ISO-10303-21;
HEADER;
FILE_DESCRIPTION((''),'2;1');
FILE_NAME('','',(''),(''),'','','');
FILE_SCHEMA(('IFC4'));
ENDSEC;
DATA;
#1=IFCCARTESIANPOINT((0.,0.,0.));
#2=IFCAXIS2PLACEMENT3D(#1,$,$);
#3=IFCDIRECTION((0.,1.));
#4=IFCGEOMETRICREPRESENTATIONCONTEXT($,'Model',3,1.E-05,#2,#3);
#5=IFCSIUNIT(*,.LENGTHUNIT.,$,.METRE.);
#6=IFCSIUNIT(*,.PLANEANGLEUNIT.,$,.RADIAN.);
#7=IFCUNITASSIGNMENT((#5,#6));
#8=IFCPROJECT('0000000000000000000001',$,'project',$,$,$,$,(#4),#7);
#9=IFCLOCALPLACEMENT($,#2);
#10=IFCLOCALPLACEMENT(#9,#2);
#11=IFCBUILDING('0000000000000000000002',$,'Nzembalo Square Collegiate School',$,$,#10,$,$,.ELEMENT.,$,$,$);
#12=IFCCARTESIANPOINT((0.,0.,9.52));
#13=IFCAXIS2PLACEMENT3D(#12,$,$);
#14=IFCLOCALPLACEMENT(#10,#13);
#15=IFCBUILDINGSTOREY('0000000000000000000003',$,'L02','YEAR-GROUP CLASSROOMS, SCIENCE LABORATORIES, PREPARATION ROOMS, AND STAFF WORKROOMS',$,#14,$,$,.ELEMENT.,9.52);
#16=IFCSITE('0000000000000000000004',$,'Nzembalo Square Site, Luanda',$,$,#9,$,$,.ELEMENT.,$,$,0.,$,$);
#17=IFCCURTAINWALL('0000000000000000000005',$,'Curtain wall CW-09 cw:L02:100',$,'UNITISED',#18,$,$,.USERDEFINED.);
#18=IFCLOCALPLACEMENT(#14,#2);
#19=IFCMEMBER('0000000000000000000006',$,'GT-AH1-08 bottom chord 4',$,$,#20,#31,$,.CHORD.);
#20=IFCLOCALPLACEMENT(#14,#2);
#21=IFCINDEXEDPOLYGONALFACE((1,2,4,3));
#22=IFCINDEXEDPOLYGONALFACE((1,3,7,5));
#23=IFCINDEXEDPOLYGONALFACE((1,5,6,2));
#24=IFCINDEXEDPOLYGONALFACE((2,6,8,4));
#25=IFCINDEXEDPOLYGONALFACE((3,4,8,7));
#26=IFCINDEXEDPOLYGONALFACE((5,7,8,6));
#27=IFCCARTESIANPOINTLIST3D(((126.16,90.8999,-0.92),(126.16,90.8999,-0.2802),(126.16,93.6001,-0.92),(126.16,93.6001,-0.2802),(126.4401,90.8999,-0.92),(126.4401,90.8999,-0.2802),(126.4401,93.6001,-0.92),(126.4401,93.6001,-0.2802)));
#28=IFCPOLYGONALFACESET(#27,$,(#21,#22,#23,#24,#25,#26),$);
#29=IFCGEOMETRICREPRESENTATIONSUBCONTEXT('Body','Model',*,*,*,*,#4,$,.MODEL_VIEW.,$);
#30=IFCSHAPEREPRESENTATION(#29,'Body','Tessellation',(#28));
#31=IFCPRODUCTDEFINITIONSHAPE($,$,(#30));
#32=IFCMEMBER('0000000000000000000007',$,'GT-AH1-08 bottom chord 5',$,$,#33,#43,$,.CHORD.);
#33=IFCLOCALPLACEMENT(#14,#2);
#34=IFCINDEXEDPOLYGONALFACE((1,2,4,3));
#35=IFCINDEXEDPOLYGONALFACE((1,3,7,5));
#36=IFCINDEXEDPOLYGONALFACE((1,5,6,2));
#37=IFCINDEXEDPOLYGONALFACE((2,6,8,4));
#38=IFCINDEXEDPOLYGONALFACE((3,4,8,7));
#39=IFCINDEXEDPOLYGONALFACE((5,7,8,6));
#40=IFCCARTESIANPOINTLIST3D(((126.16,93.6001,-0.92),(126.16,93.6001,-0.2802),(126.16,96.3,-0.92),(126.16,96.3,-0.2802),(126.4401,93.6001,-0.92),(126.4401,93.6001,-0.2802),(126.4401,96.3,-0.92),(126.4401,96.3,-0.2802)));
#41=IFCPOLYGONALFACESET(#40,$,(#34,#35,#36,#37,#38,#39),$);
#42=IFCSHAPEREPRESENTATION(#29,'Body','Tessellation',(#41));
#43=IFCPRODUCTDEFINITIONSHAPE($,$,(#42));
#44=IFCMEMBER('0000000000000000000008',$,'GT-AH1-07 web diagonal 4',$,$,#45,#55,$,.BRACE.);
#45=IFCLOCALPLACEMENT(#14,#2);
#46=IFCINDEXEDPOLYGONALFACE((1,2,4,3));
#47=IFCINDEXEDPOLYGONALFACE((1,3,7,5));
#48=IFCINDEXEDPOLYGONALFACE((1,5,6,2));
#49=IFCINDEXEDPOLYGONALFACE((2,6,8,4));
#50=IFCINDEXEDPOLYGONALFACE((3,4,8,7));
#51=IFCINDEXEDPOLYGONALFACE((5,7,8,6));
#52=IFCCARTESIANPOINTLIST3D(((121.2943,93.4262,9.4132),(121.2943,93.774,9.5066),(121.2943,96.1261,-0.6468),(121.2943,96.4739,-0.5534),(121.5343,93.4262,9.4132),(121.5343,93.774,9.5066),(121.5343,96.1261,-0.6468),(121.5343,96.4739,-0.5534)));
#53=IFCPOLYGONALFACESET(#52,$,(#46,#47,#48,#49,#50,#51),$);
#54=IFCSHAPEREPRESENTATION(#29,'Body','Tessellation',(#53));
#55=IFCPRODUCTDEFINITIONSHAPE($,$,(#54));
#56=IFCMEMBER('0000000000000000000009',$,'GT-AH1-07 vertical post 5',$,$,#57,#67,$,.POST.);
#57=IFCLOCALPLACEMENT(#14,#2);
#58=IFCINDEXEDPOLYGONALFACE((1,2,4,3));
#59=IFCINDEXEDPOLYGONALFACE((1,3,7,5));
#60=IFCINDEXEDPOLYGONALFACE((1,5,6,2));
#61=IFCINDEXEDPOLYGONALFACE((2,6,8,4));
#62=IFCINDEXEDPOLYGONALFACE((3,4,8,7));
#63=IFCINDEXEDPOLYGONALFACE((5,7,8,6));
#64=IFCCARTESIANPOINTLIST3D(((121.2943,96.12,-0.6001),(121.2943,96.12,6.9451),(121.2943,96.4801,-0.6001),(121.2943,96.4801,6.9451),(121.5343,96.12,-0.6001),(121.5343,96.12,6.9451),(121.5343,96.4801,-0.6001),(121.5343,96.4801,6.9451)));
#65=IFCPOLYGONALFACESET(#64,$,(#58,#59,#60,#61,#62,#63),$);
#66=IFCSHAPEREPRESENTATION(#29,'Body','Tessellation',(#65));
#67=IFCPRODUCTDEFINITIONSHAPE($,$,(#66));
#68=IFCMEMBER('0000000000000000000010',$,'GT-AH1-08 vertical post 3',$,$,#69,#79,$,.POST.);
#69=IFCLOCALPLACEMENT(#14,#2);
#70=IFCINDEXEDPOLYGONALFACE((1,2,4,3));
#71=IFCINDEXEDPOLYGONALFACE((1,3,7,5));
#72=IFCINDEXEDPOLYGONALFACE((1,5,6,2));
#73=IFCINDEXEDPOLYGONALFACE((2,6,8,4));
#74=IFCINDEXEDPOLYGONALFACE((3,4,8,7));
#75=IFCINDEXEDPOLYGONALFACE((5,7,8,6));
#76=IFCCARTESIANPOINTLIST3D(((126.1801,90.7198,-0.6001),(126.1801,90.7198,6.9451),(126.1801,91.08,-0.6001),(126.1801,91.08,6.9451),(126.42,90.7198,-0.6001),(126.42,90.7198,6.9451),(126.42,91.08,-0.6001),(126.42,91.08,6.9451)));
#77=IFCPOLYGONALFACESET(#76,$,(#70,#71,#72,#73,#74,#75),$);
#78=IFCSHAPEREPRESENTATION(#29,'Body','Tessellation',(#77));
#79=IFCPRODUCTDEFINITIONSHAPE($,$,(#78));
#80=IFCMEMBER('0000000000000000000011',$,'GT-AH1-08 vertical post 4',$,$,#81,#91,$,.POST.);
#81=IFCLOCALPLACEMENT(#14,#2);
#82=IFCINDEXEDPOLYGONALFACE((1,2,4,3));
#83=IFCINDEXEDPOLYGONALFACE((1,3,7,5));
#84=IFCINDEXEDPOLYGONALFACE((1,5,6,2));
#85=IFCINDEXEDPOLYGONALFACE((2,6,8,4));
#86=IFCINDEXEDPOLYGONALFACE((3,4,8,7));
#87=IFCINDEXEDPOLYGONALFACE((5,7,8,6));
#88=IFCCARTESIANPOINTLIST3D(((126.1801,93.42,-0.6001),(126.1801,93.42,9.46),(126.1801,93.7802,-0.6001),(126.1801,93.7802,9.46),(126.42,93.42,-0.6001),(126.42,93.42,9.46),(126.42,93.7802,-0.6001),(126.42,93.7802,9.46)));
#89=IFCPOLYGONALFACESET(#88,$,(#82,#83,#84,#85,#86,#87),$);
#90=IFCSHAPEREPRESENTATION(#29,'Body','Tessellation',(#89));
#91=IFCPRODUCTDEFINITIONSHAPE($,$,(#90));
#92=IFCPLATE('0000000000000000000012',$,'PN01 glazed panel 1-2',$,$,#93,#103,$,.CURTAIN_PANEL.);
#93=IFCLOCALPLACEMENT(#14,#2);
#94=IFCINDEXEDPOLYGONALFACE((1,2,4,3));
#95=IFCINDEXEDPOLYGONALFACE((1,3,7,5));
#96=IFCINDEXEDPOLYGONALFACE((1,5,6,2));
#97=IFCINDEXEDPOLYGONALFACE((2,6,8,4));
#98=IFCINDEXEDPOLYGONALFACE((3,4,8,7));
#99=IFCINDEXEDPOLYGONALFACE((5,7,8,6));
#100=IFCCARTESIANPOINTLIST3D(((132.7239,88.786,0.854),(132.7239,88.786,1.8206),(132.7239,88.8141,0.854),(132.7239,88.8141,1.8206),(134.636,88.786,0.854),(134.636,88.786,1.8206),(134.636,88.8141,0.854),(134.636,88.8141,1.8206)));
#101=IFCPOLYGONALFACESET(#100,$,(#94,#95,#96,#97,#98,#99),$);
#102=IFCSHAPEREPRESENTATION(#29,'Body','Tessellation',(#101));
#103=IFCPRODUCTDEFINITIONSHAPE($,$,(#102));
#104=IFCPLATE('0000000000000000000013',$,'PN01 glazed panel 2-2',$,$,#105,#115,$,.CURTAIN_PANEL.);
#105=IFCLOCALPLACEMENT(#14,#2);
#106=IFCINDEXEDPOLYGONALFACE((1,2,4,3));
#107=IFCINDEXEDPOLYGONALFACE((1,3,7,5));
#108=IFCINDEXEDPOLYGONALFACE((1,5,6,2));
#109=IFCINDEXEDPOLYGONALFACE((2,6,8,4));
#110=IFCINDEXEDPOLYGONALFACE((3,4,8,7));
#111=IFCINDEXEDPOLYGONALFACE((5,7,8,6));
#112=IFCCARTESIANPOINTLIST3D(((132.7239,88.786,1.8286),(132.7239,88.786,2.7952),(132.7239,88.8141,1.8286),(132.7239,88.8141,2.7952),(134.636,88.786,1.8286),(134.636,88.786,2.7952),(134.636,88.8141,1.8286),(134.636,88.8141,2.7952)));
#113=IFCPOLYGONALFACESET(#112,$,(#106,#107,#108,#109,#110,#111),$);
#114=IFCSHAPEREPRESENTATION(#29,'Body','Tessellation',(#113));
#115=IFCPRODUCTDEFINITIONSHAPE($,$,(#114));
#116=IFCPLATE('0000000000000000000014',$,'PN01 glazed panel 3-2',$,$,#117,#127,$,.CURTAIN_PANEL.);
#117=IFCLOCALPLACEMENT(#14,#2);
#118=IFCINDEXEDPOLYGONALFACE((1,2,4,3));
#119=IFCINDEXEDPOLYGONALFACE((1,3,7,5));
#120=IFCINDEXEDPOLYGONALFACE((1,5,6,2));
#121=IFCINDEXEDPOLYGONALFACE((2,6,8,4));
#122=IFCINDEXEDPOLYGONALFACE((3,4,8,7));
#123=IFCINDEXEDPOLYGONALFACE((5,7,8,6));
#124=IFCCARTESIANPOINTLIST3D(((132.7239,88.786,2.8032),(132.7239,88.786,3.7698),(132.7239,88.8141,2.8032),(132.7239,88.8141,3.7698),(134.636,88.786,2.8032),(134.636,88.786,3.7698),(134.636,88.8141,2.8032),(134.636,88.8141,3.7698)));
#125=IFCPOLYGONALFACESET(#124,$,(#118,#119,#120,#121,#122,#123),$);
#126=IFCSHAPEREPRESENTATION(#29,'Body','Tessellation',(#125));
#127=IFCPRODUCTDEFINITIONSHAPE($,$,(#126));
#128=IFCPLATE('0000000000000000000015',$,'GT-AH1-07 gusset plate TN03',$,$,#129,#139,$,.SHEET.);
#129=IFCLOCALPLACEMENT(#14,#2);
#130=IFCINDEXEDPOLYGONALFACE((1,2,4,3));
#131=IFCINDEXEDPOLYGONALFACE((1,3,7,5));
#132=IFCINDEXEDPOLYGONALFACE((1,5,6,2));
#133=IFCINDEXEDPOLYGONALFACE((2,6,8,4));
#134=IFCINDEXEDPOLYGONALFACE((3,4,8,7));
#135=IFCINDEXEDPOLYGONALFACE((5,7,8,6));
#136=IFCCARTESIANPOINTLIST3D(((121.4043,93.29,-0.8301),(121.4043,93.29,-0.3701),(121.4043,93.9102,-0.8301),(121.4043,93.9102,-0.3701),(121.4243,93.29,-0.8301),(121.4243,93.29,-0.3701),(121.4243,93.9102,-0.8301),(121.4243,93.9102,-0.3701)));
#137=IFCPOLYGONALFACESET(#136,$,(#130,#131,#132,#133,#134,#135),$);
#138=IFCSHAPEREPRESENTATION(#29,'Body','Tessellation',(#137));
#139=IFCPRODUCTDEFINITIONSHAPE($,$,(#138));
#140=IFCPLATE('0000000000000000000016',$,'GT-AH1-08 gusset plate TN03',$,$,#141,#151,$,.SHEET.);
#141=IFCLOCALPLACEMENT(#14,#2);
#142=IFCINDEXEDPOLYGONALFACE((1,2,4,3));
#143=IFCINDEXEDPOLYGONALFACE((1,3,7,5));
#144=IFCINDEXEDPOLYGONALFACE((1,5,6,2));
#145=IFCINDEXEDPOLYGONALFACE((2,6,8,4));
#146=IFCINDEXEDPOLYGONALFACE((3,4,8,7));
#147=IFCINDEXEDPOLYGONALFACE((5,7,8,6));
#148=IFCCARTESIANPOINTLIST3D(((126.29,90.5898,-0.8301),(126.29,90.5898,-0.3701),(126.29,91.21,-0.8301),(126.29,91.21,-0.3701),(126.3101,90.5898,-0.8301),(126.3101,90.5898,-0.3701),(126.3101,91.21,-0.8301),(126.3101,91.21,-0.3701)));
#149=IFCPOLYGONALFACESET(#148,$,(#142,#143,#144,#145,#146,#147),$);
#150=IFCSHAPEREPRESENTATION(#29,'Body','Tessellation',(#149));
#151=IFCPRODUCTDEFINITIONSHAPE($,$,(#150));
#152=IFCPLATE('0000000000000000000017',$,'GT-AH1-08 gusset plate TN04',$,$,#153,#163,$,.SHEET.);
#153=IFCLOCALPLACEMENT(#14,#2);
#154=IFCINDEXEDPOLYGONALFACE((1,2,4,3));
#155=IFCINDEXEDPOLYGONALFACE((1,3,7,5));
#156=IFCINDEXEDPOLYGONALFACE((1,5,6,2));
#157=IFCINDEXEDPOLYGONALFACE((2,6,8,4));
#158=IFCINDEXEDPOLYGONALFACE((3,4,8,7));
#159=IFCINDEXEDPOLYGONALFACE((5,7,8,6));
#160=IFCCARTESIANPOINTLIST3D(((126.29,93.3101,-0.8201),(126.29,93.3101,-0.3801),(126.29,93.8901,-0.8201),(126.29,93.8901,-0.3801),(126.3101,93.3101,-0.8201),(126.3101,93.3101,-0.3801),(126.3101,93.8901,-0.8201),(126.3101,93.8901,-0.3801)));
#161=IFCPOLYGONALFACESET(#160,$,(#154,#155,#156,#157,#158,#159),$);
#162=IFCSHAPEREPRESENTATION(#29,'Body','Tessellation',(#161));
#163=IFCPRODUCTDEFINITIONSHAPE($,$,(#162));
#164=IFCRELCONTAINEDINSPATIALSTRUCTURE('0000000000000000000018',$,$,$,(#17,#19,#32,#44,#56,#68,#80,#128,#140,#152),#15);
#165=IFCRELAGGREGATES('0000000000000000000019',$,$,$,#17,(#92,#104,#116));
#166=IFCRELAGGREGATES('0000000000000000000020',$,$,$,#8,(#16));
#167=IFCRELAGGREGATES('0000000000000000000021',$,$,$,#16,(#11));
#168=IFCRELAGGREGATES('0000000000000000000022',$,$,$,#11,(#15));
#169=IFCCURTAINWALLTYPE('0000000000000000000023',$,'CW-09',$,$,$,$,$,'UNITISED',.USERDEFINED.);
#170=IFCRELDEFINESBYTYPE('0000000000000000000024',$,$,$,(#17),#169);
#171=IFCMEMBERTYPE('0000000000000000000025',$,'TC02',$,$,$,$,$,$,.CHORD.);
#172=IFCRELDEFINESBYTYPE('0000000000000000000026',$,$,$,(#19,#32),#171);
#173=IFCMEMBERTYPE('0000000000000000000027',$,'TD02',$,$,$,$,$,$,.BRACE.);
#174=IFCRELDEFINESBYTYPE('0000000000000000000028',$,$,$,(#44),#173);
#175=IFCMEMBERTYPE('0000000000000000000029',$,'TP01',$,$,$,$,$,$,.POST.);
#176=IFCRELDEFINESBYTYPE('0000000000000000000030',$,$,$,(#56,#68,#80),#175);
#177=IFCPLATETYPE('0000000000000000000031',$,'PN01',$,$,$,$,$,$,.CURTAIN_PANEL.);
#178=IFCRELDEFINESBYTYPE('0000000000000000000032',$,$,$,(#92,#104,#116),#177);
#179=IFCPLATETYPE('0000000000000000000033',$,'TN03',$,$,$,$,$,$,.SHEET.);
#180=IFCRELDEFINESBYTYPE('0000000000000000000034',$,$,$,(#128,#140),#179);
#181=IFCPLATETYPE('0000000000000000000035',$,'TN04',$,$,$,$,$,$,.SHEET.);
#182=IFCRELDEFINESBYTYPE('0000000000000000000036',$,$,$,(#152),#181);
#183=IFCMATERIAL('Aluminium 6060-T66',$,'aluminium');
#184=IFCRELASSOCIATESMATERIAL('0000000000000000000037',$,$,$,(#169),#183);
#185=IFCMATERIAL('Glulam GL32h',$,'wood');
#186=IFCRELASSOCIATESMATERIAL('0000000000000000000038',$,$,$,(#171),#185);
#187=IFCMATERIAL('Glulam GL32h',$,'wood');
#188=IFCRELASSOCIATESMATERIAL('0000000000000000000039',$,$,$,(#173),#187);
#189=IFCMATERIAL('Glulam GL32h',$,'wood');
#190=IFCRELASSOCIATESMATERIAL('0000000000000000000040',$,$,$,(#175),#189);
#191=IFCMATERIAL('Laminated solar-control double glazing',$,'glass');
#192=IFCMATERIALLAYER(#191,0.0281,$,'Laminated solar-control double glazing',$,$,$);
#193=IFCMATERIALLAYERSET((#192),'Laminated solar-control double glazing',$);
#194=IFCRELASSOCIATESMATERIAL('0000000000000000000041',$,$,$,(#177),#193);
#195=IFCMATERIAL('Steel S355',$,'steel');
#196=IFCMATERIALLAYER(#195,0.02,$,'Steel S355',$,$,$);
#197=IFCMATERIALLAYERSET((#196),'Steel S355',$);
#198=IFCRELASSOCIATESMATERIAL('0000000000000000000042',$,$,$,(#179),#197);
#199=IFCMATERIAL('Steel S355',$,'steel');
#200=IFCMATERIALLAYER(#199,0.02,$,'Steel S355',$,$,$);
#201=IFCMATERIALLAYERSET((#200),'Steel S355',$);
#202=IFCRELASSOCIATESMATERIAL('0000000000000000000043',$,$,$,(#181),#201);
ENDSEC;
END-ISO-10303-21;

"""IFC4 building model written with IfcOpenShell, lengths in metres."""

from ifc_helpers import new_model, si_unit, direction, frame, origin, origin_2d, place, context, subcontext, project, spatial, rectangle, extrude, material, layer, layer_set, material_profile, profile_set, type_object, element, aggregate, save


model = new_model("IFC4")

# Units and contexts
model_context = context("Model", 3, precision=1e-05, world=origin(), true_north=direction((0.0, 1.0)))
body_context = subcontext(model_context, "Body", "Model", "MODEL_VIEW")
ifc_project = project(units=[si_unit("LENGTHUNIT", "METRE"), si_unit("PLANEANGLEUNIT", "RADIAN")], contexts=[model_context])

# Site, building, storey
site_placement = place(None, origin())
site = spatial("IfcSite", under=ifc_project, at=site_placement, Name="Nzembalo Square Site, Luanda", CompositionType="ELEMENT", RefElevation=0.0)
building_placement = place(site_placement, origin())
building = spatial("IfcBuilding", under=site, at=building_placement, Name="Nzembalo Square Collegiate School", CompositionType="ELEMENT")
storey_placement = place(building_placement, frame((0.0, 0.0, 9.52)))
storey = spatial("IfcBuildingStorey", under=building, at=storey_placement, Name="L02", Description="YEAR-GROUP CLASSROOMS, SCIENCE LABORATORIES, PREPARATION ROOMS, AND STAFF WORKROOMS", CompositionType="ELEMENT", Elevation=9.52)

# Curtain wall
ifc_material_1 = material(Name="Aluminium 6060-T66", Category="aluminium")
curtain_wall_type = type_object("IfcCurtainWallType", Name="CW-09", ElementType="UNITISED", PredefinedType="USERDEFINED", material=ifc_material_1)
curtain_wall_placement = place(storey_placement, origin())
curtain_wall = element("IfcCurtainWall", 1, at=curtain_wall_placement, inside=storey, type_object=curtain_wall_type, Name="Curtain wall CW-09 cw:L02:100", ObjectType="UNITISED", PredefinedType="USERDEFINED")

# Members
ifc_material_2 = material(Name="Glulam GL32h", Category="wood")
ifc_material_profile_1 = material_profile(ifc_material_2, rectangle(XDim=0.28, YDim=0.6399, at=origin_2d()), Name="GL32h 280x640")
ifc_profile_set_1 = profile_set([ifc_material_profile_1], Name="Glulam GL32h")
member_type_1 = type_object("IfcMemberType", Name="TC02", PredefinedType="CHORD", material=ifc_profile_set_1)
member_1_placement = place(storey_placement, frame((126.3, 90.8999, -0.6001), z_axis=(0.0, 1.0, 0.0), x_axis=(-1.0, 0.0, 0.0)))
element("IfcMember", 2, at=member_1_placement, inside=storey, type_object=member_type_1, Name="GT-AH1-08 bottom chord 4", PredefinedType="CHORD", context=body_context, shape_type="SweptSolid", body=[
    extrude(rectangle(XDim=0.28, YDim=0.6399, at=origin_2d()), origin(), (0.0, 0.0, 1.0), 2.7002),
])
member_2_placement = place(storey_placement, frame((126.3, 93.6001, -0.6001), z_axis=(0.0, 1.0, 0.0), x_axis=(-1.0, 0.0, 0.0)))
element("IfcMember", 3, at=member_2_placement, inside=storey, type_object=member_type_1, Name="GT-AH1-08 bottom chord 5", PredefinedType="CHORD", context=body_context, shape_type="SweptSolid", body=[
    extrude(rectangle(XDim=0.28, YDim=0.6399, at=origin_2d()), origin(), (0.0, 0.0, 1.0), 2.7),
])
ifc_material_3 = material(Name="Glulam GL32h", Category="wood")
ifc_material_profile_2 = material_profile(ifc_material_3, rectangle(XDim=0.24, YDim=0.3601, at=origin_2d()), Name="GL32h 240x360")
ifc_profile_set_2 = profile_set([ifc_material_profile_2], Name="Glulam GL32h")
member_type_2 = type_object("IfcMemberType", Name="TD02", PredefinedType="BRACE", material=ifc_profile_set_2)
member_3_placement = place(storey_placement, frame((121.4143, 96.3, -0.6001), z_axis=(0.0, -0.25921, 0.965821), x_axis=(1.0, 0.0, 0.0)))
element("IfcMember", 4, at=member_3_placement, inside=storey, type_object=member_type_2, Name="GT-AH1-07 web diagonal 4", PredefinedType="BRACE", context=body_context, shape_type="SweptSolid", body=[
    extrude(rectangle(XDim=0.24, YDim=0.3601, at=origin_2d()), origin(), (0.0, 0.0, 1.0), 10.416),
])
ifc_material_4 = material(Name="Glulam GL32h", Category="wood")
ifc_material_profile_3 = material_profile(ifc_material_4, rectangle(XDim=0.24, YDim=0.3601, at=origin_2d()), Name="GL32h 240x360")
ifc_profile_set_3 = profile_set([ifc_material_profile_3], Name="Glulam GL32h")
member_type_3 = type_object("IfcMemberType", Name="TP01", PredefinedType="POST", material=ifc_profile_set_3)
for number, where, z_axis, x_axis, name in (
    (5, (121.4143, 96.3, -0.6001), (0.0, 0.0, 1.0), (1.0, 0.0, 0.0), "GT-AH1-07 vertical post 5"),
    (6, (126.3, 90.8999, -0.6001), (0.0, 0.0, 1.0), (1.0, 0.0, 0.0), "GT-AH1-08 vertical post 3"),
):
    element("IfcMember", number, at=place(storey_placement, frame(where, z_axis=z_axis, x_axis=x_axis)), inside=storey, type_object=member_type_3, Name=name, PredefinedType="POST", context=body_context, shape_type="SweptSolid", body=[
        extrude(rectangle(XDim=0.24, YDim=0.3601, at=origin_2d()), origin(), (0.0, 0.0, 1.0), 7.5452),
    ])
member_4_placement = place(storey_placement, frame((126.3, 93.6001, -0.6001), z_axis=(0.0, 0.0, 1.0), x_axis=(1.0, 0.0, 0.0)))
element("IfcMember", 7, at=member_4_placement, inside=storey, type_object=member_type_3, Name="GT-AH1-08 vertical post 4", PredefinedType="POST", context=body_context, shape_type="SweptSolid", body=[
    extrude(rectangle(XDim=0.24, YDim=0.3601, at=origin_2d()), origin(), (0.0, 0.0, 1.0), 10.0601),
])

# Plates
ifc_material_5 = material(Name="Laminated solar-control double glazing", Category="glass")
ifc_layer_1 = layer(ifc_material_5, 0.0281, Name="Laminated solar-control double glazing")
ifc_layer_set_1 = layer_set([ifc_layer_1], Name="Laminated solar-control double glazing")
plate_type_1 = type_object("IfcPlateType", Name="PN01", PredefinedType="CURTAIN_PANEL", material=ifc_layer_set_1)
plate_1_placement = place(storey_placement, frame((133.6799, 88.8, 0.854), z_axis=(0.0, 0.0, 1.0), x_axis=(1.0, 0.0, 0.0)))
plate_1 = element("IfcPlate", 8, at=plate_1_placement, type_object=plate_type_1, Name="PN01 glazed panel 1-2", PredefinedType="CURTAIN_PANEL", context=body_context, shape_type="SweptSolid", body=[
    extrude(rectangle(XDim=1.9121, YDim=0.0281, at=origin_2d()), origin(), (0.0, 0.0, 1.0), 0.9666),
])
plate_2_placement = place(storey_placement, frame((133.6799, 88.8, 1.8286), z_axis=(0.0, 0.0, 1.0), x_axis=(1.0, 0.0, 0.0)))
plate_2 = element("IfcPlate", 9, at=plate_2_placement, type_object=plate_type_1, Name="PN01 glazed panel 2-2", PredefinedType="CURTAIN_PANEL", context=body_context, shape_type="SweptSolid", body=[
    extrude(rectangle(XDim=1.9121, YDim=0.0281, at=origin_2d()), origin(), (0.0, 0.0, 1.0), 0.9666),
])
plate_3_placement = place(storey_placement, frame((133.6799, 88.8, 2.8032), z_axis=(0.0, 0.0, 1.0), x_axis=(1.0, 0.0, 0.0)))
plate_3 = element("IfcPlate", 10, at=plate_3_placement, type_object=plate_type_1, Name="PN01 glazed panel 3-2", PredefinedType="CURTAIN_PANEL", context=body_context, shape_type="SweptSolid", body=[
    extrude(rectangle(XDim=1.9121, YDim=0.0281, at=origin_2d()), origin(), (0.0, 0.0, 1.0), 0.9666),
])
aggregate(curtain_wall, [plate_1, plate_2, plate_3])

# Plates
ifc_material_6 = material(Name="Steel S355", Category="steel")
ifc_layer_2 = layer(ifc_material_6, 0.02, Name="Steel S355")
ifc_layer_set_2 = layer_set([ifc_layer_2], Name="Steel S355")
plate_type_2 = type_object("IfcPlateType", Name="TN03", PredefinedType="SHEET", material=ifc_layer_set_2)
for number, where, z_axis, x_axis, name in (
    (11, (121.4143, 93.6001, -0.8301), (0.0, 0.0, 1.0), (0.0, 1.0, 0.0), "GT-AH1-07 gusset plate TN03"),
    (12, (126.3, 90.8999, -0.8301), (0.0, 0.0, 1.0), (0.0, 1.0, 0.0), "GT-AH1-08 gusset plate TN03"),
):
    element("IfcPlate", number, at=place(storey_placement, frame(where, z_axis=z_axis, x_axis=x_axis)), inside=storey, type_object=plate_type_2, Name=name, PredefinedType="SHEET", context=body_context, shape_type="SweptSolid", body=[
        extrude(rectangle(XDim=0.6201, YDim=0.02, at=origin_2d()), origin(), (0.0, 0.0, 1.0), 0.46),
    ])
ifc_material_7 = material(Name="Steel S355", Category="steel")
ifc_layer_3 = layer(ifc_material_7, 0.02, Name="Steel S355")
ifc_layer_set_3 = layer_set([ifc_layer_3], Name="Steel S355")
plate_type_3 = type_object("IfcPlateType", Name="TN04", PredefinedType="SHEET", material=ifc_layer_set_3)
plate_4_placement = place(storey_placement, frame((126.3, 93.6001, -0.8201), z_axis=(0.0, 0.0, 1.0), x_axis=(0.0, 1.0, 0.0)))
element("IfcPlate", 13, at=plate_4_placement, inside=storey, type_object=plate_type_3, Name="GT-AH1-08 gusset plate TN04", PredefinedType="SHEET", context=body_context, shape_type="SweptSolid", body=[
    extrude(rectangle(XDim=0.5801, YDim=0.02, at=origin_2d()), origin(), (0.0, 0.0, 1.0), 0.4399),
])

save(model, "model.ifc")
